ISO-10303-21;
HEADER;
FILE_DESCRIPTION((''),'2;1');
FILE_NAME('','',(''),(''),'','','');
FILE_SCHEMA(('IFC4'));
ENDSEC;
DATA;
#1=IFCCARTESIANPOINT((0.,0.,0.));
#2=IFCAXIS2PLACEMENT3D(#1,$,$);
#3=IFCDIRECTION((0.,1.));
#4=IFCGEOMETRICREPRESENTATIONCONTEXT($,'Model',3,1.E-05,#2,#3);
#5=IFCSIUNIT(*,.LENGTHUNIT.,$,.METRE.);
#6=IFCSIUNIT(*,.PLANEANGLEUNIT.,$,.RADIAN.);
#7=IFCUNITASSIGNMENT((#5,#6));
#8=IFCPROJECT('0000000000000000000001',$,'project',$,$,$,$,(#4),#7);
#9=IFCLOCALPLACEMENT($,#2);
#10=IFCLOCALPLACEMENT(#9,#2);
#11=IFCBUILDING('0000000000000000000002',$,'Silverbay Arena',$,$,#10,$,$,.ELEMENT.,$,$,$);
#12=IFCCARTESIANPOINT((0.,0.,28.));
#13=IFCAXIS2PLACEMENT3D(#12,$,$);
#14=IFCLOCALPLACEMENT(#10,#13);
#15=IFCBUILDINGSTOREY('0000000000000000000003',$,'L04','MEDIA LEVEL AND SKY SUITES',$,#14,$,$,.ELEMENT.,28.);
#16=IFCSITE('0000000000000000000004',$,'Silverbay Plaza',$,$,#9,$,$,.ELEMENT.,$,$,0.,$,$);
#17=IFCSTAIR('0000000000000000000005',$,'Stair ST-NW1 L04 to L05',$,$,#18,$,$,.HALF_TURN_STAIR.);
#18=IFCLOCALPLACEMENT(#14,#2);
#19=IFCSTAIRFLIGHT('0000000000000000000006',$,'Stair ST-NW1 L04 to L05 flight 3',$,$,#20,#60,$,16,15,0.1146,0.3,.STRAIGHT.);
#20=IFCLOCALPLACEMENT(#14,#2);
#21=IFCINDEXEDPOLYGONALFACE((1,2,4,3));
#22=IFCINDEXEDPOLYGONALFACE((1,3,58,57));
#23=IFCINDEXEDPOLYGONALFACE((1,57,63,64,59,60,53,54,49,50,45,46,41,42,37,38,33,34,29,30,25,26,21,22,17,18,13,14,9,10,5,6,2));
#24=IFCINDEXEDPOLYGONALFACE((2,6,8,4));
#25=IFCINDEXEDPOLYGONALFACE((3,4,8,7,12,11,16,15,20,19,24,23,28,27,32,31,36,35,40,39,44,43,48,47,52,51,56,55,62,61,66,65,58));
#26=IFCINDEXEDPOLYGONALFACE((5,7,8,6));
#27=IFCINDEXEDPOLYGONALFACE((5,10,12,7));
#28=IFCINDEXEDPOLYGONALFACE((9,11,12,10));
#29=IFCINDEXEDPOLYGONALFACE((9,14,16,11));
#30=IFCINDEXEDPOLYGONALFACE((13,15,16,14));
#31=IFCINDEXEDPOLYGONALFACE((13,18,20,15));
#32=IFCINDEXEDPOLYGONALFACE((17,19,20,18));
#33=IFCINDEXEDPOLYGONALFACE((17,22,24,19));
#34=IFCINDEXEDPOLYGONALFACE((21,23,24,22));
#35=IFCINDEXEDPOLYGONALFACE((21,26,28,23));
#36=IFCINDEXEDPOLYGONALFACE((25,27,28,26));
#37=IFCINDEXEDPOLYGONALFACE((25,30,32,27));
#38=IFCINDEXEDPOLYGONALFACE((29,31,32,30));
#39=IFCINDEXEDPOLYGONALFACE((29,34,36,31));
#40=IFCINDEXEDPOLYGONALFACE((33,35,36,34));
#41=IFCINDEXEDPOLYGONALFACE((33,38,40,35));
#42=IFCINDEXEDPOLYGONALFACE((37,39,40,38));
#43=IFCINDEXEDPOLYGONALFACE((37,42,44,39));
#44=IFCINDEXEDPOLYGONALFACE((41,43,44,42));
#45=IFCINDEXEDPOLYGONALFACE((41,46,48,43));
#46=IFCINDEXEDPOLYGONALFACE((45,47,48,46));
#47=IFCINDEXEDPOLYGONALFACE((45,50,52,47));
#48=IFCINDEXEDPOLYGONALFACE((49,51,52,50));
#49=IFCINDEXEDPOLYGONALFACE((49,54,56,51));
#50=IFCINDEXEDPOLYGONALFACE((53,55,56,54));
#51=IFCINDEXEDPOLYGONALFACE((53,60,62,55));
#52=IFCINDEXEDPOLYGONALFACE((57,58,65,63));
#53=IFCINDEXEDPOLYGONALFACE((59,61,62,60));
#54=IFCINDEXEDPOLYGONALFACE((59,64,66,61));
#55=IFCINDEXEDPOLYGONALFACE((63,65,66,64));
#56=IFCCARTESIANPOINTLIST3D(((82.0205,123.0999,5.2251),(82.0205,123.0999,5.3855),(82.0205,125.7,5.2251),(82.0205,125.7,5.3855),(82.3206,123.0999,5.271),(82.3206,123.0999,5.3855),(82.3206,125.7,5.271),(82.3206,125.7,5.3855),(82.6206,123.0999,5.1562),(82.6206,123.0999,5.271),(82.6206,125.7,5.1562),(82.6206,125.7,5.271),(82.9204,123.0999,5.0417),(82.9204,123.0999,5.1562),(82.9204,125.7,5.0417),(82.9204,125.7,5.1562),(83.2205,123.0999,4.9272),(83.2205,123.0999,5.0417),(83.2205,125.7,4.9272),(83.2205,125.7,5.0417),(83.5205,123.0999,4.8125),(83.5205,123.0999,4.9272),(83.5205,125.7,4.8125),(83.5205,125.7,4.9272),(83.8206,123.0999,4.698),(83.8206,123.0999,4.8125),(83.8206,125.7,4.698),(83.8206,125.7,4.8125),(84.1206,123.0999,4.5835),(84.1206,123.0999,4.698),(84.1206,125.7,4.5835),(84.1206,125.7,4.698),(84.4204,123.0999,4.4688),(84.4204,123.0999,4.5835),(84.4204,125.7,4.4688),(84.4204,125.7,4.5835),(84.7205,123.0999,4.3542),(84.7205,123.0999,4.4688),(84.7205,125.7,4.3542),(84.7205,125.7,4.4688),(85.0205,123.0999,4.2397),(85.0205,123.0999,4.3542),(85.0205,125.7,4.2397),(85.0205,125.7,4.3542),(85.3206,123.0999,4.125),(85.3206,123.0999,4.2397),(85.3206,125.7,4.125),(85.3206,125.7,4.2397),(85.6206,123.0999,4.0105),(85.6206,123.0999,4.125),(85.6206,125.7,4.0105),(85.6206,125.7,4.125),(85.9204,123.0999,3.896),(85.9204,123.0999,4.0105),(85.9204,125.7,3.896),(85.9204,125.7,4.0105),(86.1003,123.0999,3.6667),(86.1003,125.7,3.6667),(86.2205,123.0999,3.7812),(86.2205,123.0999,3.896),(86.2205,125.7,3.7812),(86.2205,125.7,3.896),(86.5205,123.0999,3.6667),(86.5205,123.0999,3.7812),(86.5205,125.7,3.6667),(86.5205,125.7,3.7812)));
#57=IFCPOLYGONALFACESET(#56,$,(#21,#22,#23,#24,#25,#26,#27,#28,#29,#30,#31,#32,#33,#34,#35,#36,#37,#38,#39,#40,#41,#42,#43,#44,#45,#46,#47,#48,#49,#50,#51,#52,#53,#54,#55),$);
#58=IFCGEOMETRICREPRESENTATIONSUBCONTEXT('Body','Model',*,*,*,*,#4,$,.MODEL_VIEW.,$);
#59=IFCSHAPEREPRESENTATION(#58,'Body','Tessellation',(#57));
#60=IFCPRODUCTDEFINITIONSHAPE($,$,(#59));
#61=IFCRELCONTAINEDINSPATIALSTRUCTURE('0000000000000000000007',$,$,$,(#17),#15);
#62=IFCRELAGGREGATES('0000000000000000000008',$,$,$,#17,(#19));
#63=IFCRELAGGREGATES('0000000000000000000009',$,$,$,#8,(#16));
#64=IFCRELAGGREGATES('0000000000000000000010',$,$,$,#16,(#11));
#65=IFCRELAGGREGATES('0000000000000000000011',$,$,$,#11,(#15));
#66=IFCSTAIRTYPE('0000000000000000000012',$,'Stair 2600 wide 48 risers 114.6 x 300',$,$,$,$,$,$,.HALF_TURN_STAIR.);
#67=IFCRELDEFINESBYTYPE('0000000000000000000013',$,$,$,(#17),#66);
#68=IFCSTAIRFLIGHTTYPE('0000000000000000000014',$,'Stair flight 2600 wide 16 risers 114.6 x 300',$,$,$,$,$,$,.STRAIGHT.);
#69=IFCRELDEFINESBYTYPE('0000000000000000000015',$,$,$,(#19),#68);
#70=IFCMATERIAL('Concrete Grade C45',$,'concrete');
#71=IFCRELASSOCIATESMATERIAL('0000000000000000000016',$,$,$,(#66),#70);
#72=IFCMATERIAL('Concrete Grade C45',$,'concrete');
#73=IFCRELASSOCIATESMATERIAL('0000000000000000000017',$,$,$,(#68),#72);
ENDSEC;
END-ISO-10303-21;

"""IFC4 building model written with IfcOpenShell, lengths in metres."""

from ifc_helpers import new_model, si_unit, direction, frame, origin, place, context, subcontext, project, spatial, polyline, outline, extrude, material, type_object, element, aggregate, save


model = new_model("IFC4")

# Units and contexts
model_context = context("Model", 3, precision=1e-05, world=origin(), true_north=direction((0.0, 1.0)))
body_context = subcontext(model_context, "Body", "Model", "MODEL_VIEW")
ifc_project = project(units=[si_unit("LENGTHUNIT", "METRE"), si_unit("PLANEANGLEUNIT", "RADIAN")], contexts=[model_context])

# Site, building, storey
site_placement = place(None, origin())
site = spatial("IfcSite", under=ifc_project, at=site_placement, Name="Silverbay Plaza", CompositionType="ELEMENT", RefElevation=0.0)
building_placement = place(site_placement, origin())
building = spatial("IfcBuilding", under=site, at=building_placement, Name="Silverbay Arena", CompositionType="ELEMENT")
storey_placement = place(building_placement, frame((0.0, 0.0, 28.0)))
storey = spatial("IfcBuildingStorey", under=building, at=storey_placement, Name="L04", Description="MEDIA LEVEL AND SKY SUITES", CompositionType="ELEMENT", Elevation=28.0)

# Stair, stair flight
ifc_material_1 = material(Name="Concrete Grade C45", Category="concrete")
stair_type = type_object("IfcStairType", Name="Stair 2600 wide 48 risers 114.6 x 300", PredefinedType="HALF_TURN_STAIR", material=ifc_material_1)
stair_placement = place(storey_placement, origin())
stair = element("IfcStair", 1, at=stair_placement, inside=storey, type_object=stair_type, Name="Stair ST-NW1 L04 to L05", PredefinedType="HALF_TURN_STAIR")
ifc_material_2 = material(Name="Concrete Grade C45", Category="concrete")
stair_flight_type = type_object("IfcStairFlightType", Name="Stair flight 2600 wide 16 risers 114.6 x 300", PredefinedType="STRAIGHT", material=ifc_material_2)
stair_flight_placement = place(storey_placement, frame((86.5205, 124.3999, 3.6667), z_axis=(0.0, 0.0, 1.0), x_axis=(-1.0, 0.0, 0.0)))
stair_flight = element("IfcStairFlight", 2, at=stair_flight_placement, type_object=stair_flight_type, Name="Stair ST-NW1 L04 to L05 flight 3", NumberOfRisers=16, NumberOfTreads=15, PredefinedType="STRAIGHT", RiserHeight=0.1146, TreadLength=0.3, context=body_context, shape_type="SweptSolid", body=[
    extrude(outline(polyline([(0.0, 0.0), (0.0, 0.1145), (0.3, 0.1145), (0.3, 0.2292), (0.6001, 0.2292), (0.6001, 0.3438), (0.8999, 0.3438), (0.8999, 0.4583), (1.2, 0.4583), (1.2, 0.573), (1.5, 0.573), (1.5, 0.6875), (1.8, 0.6875), (1.8, 0.802), (2.1001, 0.802), (2.1001, 0.9167), (2.3999, 0.9167), (2.3999, 1.0312), (2.7, 1.0312), (2.7, 1.1458), (3.0, 1.1458), (3.0, 1.2605), (3.3, 1.2605), (3.3, 1.375), (3.6001, 1.375), (3.6001, 1.4895), (3.8999, 1.4895), (3.8999, 1.6042), (4.2, 1.6042), (4.2, 1.7188), (4.5, 1.7188), (4.5, 1.5583), (0.4202, 0.0), (0.0, 0.0)])), frame((0.0, 1.3, 0.0), z_axis=(0.0, -1.0, 0.0), x_axis=(1.0, 0.0, 0.0)), (0.0, 0.0, 1.0), 2.6001),
])
aggregate(stair, [stair_flight])

save(model, "model.ifc")
